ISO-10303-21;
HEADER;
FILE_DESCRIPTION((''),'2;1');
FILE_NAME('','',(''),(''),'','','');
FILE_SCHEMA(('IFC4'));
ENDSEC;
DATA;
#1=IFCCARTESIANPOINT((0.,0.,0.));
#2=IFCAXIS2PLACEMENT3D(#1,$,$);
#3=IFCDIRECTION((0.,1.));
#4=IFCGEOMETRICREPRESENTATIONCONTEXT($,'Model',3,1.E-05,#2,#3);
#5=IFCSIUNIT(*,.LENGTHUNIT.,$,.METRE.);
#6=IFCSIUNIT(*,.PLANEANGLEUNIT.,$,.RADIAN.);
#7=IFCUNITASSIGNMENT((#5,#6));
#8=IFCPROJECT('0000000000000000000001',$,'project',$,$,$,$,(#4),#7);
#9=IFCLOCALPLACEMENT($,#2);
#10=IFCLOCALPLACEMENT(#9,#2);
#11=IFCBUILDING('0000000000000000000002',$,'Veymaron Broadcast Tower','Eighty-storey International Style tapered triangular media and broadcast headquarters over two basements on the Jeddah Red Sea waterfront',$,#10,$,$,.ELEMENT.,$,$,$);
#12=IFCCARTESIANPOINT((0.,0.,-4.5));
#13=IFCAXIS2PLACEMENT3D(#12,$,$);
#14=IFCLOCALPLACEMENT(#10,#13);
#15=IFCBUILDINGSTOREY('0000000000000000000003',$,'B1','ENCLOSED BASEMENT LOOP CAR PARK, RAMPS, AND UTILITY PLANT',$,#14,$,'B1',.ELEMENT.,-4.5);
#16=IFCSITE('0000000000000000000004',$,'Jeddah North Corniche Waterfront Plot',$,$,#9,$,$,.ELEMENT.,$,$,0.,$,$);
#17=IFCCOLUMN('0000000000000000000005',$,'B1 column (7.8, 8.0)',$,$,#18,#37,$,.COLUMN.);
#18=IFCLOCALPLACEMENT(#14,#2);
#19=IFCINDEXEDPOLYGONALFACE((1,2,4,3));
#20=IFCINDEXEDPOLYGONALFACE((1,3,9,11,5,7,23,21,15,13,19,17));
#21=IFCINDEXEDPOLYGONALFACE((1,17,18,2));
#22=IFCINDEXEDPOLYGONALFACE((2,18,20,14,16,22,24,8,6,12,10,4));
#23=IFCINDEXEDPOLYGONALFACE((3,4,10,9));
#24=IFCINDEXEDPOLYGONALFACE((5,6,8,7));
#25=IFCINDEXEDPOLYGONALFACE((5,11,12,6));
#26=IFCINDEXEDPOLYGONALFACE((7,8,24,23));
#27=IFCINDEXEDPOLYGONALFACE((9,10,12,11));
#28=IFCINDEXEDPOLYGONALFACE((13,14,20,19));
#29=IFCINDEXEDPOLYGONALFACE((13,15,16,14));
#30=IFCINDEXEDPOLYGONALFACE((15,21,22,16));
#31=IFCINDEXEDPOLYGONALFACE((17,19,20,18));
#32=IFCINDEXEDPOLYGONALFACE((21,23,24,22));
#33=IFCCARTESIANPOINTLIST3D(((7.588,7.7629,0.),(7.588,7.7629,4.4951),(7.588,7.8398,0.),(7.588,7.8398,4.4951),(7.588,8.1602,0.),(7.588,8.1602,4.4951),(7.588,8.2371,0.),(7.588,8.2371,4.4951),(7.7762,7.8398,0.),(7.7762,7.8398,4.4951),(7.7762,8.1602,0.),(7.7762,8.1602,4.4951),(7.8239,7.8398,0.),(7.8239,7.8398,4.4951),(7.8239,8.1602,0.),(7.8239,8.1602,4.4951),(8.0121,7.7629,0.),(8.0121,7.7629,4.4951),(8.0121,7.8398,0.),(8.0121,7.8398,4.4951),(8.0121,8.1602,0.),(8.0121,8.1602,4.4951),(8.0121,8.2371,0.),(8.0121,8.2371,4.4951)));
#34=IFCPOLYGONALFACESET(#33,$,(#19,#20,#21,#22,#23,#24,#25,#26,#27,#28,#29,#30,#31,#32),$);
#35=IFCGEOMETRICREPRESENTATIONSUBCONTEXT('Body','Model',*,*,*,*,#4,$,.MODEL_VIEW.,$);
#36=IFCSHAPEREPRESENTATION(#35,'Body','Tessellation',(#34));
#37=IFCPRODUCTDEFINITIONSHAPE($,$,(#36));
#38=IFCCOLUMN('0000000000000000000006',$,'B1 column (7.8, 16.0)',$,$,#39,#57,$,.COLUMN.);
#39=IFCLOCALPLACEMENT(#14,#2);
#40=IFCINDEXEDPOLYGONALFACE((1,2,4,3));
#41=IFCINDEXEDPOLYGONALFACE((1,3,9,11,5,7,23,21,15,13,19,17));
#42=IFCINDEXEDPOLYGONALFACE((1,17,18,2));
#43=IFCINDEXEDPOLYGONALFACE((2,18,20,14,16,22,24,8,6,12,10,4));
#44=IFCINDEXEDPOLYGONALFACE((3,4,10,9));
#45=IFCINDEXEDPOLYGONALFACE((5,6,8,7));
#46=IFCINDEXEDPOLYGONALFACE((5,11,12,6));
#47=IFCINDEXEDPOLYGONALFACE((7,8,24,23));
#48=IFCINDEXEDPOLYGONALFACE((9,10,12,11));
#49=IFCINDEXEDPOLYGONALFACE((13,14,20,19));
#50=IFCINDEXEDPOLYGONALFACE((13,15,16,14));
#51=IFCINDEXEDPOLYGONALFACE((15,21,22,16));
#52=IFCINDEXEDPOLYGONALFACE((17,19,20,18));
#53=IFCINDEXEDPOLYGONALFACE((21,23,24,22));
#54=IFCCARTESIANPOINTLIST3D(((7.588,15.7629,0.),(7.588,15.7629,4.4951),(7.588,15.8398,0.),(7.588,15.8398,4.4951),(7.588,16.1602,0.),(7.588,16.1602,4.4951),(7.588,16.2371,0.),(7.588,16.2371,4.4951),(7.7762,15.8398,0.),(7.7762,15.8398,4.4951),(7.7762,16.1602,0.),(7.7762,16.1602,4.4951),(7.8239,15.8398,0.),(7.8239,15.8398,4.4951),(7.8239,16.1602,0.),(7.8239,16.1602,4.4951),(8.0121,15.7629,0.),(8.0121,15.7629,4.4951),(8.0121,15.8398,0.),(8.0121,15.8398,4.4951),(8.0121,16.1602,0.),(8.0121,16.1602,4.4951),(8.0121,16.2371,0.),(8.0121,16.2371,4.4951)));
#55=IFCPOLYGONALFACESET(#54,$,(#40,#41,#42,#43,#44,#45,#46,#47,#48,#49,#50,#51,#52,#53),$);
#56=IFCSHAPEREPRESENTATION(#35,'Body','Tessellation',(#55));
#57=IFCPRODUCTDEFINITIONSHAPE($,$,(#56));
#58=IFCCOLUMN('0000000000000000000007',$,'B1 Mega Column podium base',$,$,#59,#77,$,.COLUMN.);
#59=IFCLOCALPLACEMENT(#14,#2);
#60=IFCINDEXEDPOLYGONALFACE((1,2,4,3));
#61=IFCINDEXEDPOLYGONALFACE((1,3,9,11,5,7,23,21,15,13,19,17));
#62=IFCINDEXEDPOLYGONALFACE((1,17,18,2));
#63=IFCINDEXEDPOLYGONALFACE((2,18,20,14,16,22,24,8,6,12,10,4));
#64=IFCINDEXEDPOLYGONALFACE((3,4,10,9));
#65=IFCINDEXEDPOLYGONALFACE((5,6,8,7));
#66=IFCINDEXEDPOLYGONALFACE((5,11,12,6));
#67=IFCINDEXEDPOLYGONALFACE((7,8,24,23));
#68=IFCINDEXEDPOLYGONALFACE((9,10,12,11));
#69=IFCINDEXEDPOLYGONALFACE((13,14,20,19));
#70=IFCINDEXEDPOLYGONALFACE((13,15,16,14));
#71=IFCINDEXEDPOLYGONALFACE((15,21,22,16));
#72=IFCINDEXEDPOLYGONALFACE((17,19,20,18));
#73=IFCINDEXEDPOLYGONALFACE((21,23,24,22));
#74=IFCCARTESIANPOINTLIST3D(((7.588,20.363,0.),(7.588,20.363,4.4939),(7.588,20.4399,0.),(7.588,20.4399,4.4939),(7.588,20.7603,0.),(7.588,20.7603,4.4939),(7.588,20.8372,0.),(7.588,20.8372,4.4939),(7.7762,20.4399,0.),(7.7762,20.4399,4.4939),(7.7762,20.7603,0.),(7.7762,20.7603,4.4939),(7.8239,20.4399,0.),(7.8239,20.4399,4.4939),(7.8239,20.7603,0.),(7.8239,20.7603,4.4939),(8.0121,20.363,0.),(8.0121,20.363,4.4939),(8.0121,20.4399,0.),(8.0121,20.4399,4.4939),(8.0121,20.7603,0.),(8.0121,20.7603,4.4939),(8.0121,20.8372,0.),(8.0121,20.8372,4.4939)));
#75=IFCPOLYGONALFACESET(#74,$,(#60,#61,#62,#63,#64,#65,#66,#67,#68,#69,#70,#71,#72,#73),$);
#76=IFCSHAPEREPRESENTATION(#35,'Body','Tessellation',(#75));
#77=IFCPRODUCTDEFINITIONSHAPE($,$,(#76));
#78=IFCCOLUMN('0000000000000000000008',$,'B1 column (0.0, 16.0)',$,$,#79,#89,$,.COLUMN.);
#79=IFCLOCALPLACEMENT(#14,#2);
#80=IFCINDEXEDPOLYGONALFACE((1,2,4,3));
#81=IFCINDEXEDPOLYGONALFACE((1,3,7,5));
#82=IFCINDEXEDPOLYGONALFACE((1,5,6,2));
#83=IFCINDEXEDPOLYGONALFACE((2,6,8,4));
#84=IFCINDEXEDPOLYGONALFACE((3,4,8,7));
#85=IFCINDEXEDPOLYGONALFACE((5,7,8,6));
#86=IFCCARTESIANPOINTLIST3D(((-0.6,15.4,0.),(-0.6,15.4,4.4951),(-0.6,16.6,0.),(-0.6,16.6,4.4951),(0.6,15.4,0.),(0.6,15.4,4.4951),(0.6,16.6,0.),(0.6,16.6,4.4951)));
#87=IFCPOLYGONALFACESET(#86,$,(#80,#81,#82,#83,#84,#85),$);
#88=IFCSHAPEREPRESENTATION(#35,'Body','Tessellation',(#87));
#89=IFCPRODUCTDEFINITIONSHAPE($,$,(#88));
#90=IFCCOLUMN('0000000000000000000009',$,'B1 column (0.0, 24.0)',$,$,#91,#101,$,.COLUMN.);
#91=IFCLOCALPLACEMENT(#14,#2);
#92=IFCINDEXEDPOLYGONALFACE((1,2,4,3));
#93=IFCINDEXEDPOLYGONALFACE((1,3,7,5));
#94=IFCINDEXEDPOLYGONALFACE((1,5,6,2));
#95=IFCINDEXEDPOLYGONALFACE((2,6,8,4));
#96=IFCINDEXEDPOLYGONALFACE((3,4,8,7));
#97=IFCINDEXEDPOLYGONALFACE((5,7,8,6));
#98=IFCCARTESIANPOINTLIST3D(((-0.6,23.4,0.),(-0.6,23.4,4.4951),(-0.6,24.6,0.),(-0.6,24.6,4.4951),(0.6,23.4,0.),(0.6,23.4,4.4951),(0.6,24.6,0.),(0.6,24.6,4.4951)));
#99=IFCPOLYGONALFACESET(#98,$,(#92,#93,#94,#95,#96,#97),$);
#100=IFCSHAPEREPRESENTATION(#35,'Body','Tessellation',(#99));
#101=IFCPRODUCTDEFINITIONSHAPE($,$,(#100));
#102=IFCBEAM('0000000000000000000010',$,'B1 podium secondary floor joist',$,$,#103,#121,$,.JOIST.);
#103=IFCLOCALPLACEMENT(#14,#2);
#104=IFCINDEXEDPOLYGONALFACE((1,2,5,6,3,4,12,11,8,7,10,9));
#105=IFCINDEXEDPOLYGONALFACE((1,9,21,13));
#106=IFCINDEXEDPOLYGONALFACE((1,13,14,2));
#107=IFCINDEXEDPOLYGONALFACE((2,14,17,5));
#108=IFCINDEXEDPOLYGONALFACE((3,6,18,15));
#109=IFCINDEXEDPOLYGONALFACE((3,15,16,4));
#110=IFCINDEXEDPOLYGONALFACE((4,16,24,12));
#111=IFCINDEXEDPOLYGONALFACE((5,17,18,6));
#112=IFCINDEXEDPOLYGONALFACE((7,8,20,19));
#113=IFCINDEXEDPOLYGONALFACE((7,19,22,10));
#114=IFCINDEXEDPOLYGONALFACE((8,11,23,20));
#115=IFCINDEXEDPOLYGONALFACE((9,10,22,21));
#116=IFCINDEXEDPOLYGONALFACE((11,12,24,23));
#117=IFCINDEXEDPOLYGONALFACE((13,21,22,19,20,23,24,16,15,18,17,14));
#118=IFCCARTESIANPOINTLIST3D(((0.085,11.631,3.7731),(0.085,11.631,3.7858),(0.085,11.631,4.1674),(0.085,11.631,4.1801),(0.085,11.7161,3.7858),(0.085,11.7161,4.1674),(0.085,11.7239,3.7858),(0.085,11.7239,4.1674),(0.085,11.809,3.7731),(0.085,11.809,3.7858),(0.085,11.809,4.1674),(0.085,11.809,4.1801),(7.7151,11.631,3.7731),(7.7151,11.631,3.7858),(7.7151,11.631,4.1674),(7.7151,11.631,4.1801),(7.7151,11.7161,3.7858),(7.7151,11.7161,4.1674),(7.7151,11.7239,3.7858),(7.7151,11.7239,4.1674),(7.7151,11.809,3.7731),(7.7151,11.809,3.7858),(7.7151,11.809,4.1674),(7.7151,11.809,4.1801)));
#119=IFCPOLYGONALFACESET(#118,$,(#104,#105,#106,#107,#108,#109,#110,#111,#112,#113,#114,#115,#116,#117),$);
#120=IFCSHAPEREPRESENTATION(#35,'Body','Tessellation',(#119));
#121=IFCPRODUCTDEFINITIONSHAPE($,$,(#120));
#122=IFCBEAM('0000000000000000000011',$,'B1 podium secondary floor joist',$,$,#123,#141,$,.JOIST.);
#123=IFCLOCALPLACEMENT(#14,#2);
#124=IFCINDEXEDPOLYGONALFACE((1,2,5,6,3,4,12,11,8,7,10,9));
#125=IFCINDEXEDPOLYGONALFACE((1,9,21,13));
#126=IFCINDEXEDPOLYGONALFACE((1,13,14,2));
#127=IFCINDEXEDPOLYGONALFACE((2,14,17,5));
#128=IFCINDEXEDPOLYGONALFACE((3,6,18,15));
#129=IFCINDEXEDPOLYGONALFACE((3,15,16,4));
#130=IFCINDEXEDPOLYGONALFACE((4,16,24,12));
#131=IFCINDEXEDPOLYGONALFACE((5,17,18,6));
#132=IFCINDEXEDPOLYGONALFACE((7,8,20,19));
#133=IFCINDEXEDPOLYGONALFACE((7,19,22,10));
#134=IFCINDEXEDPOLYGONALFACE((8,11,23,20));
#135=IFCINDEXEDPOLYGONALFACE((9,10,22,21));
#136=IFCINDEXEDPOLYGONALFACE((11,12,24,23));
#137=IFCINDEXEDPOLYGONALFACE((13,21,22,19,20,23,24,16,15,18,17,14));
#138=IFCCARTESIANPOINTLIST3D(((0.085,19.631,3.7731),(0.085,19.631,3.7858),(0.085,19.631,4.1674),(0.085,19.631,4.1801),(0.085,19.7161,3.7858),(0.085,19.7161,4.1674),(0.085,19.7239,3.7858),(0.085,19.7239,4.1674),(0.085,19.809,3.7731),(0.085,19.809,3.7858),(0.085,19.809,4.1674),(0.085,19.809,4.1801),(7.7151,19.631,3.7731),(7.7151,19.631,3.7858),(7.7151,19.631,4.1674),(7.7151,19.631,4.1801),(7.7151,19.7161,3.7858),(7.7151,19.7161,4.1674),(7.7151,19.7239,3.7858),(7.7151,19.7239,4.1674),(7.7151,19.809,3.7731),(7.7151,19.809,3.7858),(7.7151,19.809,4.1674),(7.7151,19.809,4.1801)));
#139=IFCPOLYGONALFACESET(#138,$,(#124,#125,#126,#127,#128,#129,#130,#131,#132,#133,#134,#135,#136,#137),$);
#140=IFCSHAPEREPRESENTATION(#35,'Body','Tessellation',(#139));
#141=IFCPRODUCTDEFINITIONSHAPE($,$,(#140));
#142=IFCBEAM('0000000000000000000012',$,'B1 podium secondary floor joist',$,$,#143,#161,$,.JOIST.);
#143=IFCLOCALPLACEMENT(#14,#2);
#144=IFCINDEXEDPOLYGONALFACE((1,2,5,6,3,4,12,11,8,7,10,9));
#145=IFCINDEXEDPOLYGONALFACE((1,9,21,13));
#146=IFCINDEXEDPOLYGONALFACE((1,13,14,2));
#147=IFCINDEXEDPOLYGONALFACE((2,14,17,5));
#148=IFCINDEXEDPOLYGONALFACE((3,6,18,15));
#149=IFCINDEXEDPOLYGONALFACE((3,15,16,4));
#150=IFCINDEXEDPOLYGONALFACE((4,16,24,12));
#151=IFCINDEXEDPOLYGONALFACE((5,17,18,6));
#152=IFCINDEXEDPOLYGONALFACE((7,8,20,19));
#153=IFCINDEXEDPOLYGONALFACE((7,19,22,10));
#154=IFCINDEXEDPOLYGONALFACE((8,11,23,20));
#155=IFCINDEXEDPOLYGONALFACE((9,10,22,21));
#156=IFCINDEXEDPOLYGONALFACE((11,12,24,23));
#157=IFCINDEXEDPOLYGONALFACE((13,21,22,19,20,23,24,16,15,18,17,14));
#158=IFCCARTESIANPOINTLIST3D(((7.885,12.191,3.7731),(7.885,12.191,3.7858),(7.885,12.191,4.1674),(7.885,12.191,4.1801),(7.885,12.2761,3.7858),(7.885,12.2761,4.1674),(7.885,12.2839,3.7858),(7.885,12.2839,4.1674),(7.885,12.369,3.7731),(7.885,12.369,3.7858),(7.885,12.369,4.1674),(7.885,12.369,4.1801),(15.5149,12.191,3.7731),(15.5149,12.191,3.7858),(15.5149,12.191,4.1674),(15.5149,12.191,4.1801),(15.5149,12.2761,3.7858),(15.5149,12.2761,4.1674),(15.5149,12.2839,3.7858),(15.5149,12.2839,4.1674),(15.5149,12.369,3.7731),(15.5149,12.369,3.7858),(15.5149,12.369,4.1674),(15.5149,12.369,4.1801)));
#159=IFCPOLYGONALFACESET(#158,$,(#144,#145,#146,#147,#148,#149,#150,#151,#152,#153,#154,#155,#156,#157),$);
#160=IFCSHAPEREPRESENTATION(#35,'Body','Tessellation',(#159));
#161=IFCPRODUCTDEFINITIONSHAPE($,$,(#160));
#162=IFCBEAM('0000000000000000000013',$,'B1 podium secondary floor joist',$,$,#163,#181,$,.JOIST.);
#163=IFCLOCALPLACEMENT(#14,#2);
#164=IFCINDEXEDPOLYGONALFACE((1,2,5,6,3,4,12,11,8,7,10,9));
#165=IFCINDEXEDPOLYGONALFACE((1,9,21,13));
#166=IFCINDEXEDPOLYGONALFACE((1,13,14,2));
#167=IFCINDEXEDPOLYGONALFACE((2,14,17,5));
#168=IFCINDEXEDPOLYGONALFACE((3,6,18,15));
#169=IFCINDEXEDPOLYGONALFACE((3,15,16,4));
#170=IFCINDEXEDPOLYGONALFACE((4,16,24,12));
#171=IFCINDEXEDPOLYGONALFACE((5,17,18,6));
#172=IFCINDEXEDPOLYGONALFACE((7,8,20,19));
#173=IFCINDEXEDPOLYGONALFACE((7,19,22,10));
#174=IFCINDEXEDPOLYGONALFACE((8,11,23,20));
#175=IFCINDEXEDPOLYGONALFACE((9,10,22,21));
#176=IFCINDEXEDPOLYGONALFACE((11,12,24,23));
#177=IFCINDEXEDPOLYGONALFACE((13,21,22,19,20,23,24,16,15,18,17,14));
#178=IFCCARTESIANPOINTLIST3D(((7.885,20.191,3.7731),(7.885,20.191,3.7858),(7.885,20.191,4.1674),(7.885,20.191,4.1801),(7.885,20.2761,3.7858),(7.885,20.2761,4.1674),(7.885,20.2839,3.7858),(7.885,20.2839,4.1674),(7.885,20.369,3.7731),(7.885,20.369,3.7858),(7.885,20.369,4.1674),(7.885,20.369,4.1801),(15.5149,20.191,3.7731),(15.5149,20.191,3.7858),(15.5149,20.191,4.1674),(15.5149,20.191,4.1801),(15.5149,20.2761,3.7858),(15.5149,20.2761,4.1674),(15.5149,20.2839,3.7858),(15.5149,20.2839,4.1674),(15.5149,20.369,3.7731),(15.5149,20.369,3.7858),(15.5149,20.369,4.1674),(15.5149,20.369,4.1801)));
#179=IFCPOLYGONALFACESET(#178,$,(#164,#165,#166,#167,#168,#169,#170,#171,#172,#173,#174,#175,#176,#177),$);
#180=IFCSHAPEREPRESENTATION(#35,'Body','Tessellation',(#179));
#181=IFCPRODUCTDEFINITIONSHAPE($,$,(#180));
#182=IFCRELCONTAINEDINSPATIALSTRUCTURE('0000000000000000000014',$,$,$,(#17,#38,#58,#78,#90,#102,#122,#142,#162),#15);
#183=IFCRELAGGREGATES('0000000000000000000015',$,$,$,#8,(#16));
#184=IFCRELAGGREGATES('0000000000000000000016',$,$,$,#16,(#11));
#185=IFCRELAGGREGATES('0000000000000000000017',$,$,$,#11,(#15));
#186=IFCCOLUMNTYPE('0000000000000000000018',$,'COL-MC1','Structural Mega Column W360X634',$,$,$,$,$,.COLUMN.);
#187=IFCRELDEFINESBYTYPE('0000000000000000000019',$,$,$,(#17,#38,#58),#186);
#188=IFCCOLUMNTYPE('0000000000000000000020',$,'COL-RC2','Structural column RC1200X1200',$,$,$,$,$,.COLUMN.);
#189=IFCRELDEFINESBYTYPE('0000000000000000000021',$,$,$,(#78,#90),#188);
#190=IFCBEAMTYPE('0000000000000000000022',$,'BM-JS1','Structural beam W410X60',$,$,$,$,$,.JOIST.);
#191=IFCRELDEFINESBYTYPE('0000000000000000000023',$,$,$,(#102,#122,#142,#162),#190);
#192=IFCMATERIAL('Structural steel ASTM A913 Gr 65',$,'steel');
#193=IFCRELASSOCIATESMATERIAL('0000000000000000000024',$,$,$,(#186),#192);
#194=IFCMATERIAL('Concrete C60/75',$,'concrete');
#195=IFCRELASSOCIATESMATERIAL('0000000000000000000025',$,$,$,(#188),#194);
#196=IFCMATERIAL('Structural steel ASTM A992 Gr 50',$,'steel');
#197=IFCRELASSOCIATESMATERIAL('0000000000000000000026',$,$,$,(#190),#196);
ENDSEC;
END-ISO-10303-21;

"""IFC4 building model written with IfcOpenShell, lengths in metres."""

from ifc_helpers import new_model, si_unit, direction, frame, origin, origin_2d, place, context, subcontext, project, spatial, rectangle, i_section, extrude, material, material_profile, profile_set, type_object, element, save


model = new_model("IFC4")

# Units and contexts
model_context = context("Model", 3, precision=1e-05, world=origin(), true_north=direction((0.0, 1.0)))
body_context = subcontext(model_context, "Body", "Model", "MODEL_VIEW")
ifc_project = project(units=[si_unit("LENGTHUNIT", "METRE"), si_unit("PLANEANGLEUNIT", "RADIAN")], contexts=[model_context])

# Site, building, storey
site_placement = place(None, origin())
site = spatial("IfcSite", under=ifc_project, at=site_placement, Name="Jeddah North Corniche Waterfront Plot", CompositionType="ELEMENT", RefElevation=0.0)
building_placement = place(site_placement, origin())
building = spatial("IfcBuilding", under=site, at=building_placement, Name="Veymaron Broadcast Tower", Description="Eighty-storey International Style tapered triangular media and broadcast headquarters over two basements on the Jeddah Red Sea waterfront", CompositionType="ELEMENT")
storey_placement = place(building_placement, frame((0.0, 0.0, -4.5)))
storey = spatial("IfcBuildingStorey", under=building, at=storey_placement, Name="B1", Description="ENCLOSED BASEMENT LOOP CAR PARK, RAMPS, AND UTILITY PLANT", LongName="B1", CompositionType="ELEMENT", Elevation=-4.5)

# Columns
ifc_material_1 = material(Name="Structural steel ASTM A913 Gr 65", Category="steel")
ifc_material_profile_1 = material_profile(ifc_material_1, i_section(OverallWidth=0.4241, OverallDepth=0.4741, WebThickness=0.0476, FlangeThickness=0.0769, at=origin_2d()), Name="W360X634")
ifc_profile_set_1 = profile_set([ifc_material_profile_1], Name="Structural steel ASTM A913 Gr 65")
column_type_1 = type_object("IfcColumnType", Name="COL-MC1", Description="Structural Mega Column W360X634", PredefinedType="COLUMN", material=ifc_profile_set_1)
for number, where, z_axis, x_axis, name in (
    (1, (7.8, 8.0, 0.0), (0.0, 0.0, 1.0), (1.0, 0.0, 0.0), "B1 column (7.8, 8.0)"),
    (2, (7.8, 16.0, 0.0), (0.0, 0.0, 1.0), (1.0, 0.0, 0.0), "B1 column (7.8, 16.0)"),
):
    element("IfcColumn", number, at=place(storey_placement, frame(where, z_axis=z_axis, x_axis=x_axis)), inside=storey, type_object=column_type_1, Name=name, PredefinedType="COLUMN", context=body_context, shape_type="SweptSolid", body=[
        extrude(i_section(OverallWidth=0.4241, OverallDepth=0.4741, WebThickness=0.0476, FlangeThickness=0.0769, at=origin_2d()), origin(), (0.0, 0.0, 1.0), 4.4951),
    ])
column_placement = place(storey_placement, frame((7.8, 20.6001, 0.0), z_axis=(0.0, 0.0, 1.0), x_axis=(1.0, 0.0, 0.0)))
element("IfcColumn", 3, at=column_placement, inside=storey, type_object=column_type_1, Name="B1 Mega Column podium base", PredefinedType="COLUMN", context=body_context, shape_type="SweptSolid", body=[
    extrude(i_section(OverallWidth=0.4241, OverallDepth=0.4741, WebThickness=0.0476, FlangeThickness=0.0769, at=origin_2d()), origin(), (0.0, 0.0, 1.0), 4.4939),
])
ifc_material_2 = material(Name="Concrete C60/75", Category="concrete")
ifc_material_profile_2 = material_profile(ifc_material_2, rectangle(XDim=1.2, YDim=1.2, at=origin_2d()), Name="RC1200X1200")
ifc_profile_set_2 = profile_set([ifc_material_profile_2], Name="Concrete C60/75")
column_type_2 = type_object("IfcColumnType", Name="COL-RC2", Description="Structural column RC1200X1200", PredefinedType="COLUMN", material=ifc_profile_set_2)
for number, where, z_axis, x_axis, name in (
    (4, (0.0, 16.0, 0.0), (0.0, 0.0, 1.0), (1.0, 0.0, 0.0), "B1 column (0.0, 16.0)"),
    (5, (0.0, 24.0, 0.0), (0.0, 0.0, 1.0), (1.0, 0.0, 0.0), "B1 column (0.0, 24.0)"),
):
    element("IfcColumn", number, at=place(storey_placement, frame(where, z_axis=z_axis, x_axis=x_axis)), inside=storey, type_object=column_type_2, Name=name, PredefinedType="COLUMN", context=body_context, shape_type="SweptSolid", body=[
        extrude(rectangle(XDim=1.2, YDim=1.2, at=origin_2d()), origin(), (0.0, 0.0, 1.0), 4.4951),
    ])

# Beams
ifc_material_3 = material(Name="Structural steel ASTM A992 Gr 50", Category="steel")
ifc_material_profile_3 = material_profile(ifc_material_3, i_section(OverallWidth=0.178, OverallDepth=0.407, WebThickness=0.0078, FlangeThickness=0.0127, at=origin_2d()), Name="W410X60")
ifc_profile_set_3 = profile_set([ifc_material_profile_3], Name="Structural steel ASTM A992 Gr 50")
beam_type_1 = type_object("IfcBeamType", Name="BM-JS1", Description="Structural beam W410X60", PredefinedType="JOIST", material=ifc_profile_set_3)
for number, where, z_axis, x_axis, name in (
    (6, (0.085, 11.72, 3.9766), (1.0, 0.0, 0.0), (0.0, 1.0, 0.0), "B1 podium secondary floor joist"),
    (7, (0.085, 19.72, 3.9766), (1.0, 0.0, 0.0), (0.0, 1.0, 0.0), "B1 podium secondary floor joist"),
):
    element("IfcBeam", number, at=place(storey_placement, frame(where, z_axis=z_axis, x_axis=x_axis)), inside=storey, type_object=beam_type_1, Name=name, PredefinedType="JOIST", context=body_context, shape_type="SweptSolid", body=[
        extrude(i_section(OverallWidth=0.178, OverallDepth=0.407, WebThickness=0.0078, FlangeThickness=0.0127, at=origin_2d()), origin(), (0.0, 0.0, 1.0), 7.6301),
    ])
for number, where, z_axis, x_axis, name in (
    (8, (7.885, 12.28, 3.9766), (1.0, 0.0, 0.0), (0.0, 1.0, 0.0), "B1 podium secondary floor joist"),
    (9, (7.885, 20.28, 3.9766), (1.0, 0.0, 0.0), (0.0, 1.0, 0.0), "B1 podium secondary floor joist"),
):
    element("IfcBeam", number, at=place(storey_placement, frame(where, z_axis=z_axis, x_axis=x_axis)), inside=storey, type_object=beam_type_1, Name=name, PredefinedType="JOIST", context=body_context, shape_type="SweptSolid", body=[
        extrude(i_section(OverallWidth=0.178, OverallDepth=0.407, WebThickness=0.0078, FlangeThickness=0.0127, at=origin_2d()), origin(), (0.0, 0.0, 1.0), 7.6299),
    ])

save(model, "model.ifc")
